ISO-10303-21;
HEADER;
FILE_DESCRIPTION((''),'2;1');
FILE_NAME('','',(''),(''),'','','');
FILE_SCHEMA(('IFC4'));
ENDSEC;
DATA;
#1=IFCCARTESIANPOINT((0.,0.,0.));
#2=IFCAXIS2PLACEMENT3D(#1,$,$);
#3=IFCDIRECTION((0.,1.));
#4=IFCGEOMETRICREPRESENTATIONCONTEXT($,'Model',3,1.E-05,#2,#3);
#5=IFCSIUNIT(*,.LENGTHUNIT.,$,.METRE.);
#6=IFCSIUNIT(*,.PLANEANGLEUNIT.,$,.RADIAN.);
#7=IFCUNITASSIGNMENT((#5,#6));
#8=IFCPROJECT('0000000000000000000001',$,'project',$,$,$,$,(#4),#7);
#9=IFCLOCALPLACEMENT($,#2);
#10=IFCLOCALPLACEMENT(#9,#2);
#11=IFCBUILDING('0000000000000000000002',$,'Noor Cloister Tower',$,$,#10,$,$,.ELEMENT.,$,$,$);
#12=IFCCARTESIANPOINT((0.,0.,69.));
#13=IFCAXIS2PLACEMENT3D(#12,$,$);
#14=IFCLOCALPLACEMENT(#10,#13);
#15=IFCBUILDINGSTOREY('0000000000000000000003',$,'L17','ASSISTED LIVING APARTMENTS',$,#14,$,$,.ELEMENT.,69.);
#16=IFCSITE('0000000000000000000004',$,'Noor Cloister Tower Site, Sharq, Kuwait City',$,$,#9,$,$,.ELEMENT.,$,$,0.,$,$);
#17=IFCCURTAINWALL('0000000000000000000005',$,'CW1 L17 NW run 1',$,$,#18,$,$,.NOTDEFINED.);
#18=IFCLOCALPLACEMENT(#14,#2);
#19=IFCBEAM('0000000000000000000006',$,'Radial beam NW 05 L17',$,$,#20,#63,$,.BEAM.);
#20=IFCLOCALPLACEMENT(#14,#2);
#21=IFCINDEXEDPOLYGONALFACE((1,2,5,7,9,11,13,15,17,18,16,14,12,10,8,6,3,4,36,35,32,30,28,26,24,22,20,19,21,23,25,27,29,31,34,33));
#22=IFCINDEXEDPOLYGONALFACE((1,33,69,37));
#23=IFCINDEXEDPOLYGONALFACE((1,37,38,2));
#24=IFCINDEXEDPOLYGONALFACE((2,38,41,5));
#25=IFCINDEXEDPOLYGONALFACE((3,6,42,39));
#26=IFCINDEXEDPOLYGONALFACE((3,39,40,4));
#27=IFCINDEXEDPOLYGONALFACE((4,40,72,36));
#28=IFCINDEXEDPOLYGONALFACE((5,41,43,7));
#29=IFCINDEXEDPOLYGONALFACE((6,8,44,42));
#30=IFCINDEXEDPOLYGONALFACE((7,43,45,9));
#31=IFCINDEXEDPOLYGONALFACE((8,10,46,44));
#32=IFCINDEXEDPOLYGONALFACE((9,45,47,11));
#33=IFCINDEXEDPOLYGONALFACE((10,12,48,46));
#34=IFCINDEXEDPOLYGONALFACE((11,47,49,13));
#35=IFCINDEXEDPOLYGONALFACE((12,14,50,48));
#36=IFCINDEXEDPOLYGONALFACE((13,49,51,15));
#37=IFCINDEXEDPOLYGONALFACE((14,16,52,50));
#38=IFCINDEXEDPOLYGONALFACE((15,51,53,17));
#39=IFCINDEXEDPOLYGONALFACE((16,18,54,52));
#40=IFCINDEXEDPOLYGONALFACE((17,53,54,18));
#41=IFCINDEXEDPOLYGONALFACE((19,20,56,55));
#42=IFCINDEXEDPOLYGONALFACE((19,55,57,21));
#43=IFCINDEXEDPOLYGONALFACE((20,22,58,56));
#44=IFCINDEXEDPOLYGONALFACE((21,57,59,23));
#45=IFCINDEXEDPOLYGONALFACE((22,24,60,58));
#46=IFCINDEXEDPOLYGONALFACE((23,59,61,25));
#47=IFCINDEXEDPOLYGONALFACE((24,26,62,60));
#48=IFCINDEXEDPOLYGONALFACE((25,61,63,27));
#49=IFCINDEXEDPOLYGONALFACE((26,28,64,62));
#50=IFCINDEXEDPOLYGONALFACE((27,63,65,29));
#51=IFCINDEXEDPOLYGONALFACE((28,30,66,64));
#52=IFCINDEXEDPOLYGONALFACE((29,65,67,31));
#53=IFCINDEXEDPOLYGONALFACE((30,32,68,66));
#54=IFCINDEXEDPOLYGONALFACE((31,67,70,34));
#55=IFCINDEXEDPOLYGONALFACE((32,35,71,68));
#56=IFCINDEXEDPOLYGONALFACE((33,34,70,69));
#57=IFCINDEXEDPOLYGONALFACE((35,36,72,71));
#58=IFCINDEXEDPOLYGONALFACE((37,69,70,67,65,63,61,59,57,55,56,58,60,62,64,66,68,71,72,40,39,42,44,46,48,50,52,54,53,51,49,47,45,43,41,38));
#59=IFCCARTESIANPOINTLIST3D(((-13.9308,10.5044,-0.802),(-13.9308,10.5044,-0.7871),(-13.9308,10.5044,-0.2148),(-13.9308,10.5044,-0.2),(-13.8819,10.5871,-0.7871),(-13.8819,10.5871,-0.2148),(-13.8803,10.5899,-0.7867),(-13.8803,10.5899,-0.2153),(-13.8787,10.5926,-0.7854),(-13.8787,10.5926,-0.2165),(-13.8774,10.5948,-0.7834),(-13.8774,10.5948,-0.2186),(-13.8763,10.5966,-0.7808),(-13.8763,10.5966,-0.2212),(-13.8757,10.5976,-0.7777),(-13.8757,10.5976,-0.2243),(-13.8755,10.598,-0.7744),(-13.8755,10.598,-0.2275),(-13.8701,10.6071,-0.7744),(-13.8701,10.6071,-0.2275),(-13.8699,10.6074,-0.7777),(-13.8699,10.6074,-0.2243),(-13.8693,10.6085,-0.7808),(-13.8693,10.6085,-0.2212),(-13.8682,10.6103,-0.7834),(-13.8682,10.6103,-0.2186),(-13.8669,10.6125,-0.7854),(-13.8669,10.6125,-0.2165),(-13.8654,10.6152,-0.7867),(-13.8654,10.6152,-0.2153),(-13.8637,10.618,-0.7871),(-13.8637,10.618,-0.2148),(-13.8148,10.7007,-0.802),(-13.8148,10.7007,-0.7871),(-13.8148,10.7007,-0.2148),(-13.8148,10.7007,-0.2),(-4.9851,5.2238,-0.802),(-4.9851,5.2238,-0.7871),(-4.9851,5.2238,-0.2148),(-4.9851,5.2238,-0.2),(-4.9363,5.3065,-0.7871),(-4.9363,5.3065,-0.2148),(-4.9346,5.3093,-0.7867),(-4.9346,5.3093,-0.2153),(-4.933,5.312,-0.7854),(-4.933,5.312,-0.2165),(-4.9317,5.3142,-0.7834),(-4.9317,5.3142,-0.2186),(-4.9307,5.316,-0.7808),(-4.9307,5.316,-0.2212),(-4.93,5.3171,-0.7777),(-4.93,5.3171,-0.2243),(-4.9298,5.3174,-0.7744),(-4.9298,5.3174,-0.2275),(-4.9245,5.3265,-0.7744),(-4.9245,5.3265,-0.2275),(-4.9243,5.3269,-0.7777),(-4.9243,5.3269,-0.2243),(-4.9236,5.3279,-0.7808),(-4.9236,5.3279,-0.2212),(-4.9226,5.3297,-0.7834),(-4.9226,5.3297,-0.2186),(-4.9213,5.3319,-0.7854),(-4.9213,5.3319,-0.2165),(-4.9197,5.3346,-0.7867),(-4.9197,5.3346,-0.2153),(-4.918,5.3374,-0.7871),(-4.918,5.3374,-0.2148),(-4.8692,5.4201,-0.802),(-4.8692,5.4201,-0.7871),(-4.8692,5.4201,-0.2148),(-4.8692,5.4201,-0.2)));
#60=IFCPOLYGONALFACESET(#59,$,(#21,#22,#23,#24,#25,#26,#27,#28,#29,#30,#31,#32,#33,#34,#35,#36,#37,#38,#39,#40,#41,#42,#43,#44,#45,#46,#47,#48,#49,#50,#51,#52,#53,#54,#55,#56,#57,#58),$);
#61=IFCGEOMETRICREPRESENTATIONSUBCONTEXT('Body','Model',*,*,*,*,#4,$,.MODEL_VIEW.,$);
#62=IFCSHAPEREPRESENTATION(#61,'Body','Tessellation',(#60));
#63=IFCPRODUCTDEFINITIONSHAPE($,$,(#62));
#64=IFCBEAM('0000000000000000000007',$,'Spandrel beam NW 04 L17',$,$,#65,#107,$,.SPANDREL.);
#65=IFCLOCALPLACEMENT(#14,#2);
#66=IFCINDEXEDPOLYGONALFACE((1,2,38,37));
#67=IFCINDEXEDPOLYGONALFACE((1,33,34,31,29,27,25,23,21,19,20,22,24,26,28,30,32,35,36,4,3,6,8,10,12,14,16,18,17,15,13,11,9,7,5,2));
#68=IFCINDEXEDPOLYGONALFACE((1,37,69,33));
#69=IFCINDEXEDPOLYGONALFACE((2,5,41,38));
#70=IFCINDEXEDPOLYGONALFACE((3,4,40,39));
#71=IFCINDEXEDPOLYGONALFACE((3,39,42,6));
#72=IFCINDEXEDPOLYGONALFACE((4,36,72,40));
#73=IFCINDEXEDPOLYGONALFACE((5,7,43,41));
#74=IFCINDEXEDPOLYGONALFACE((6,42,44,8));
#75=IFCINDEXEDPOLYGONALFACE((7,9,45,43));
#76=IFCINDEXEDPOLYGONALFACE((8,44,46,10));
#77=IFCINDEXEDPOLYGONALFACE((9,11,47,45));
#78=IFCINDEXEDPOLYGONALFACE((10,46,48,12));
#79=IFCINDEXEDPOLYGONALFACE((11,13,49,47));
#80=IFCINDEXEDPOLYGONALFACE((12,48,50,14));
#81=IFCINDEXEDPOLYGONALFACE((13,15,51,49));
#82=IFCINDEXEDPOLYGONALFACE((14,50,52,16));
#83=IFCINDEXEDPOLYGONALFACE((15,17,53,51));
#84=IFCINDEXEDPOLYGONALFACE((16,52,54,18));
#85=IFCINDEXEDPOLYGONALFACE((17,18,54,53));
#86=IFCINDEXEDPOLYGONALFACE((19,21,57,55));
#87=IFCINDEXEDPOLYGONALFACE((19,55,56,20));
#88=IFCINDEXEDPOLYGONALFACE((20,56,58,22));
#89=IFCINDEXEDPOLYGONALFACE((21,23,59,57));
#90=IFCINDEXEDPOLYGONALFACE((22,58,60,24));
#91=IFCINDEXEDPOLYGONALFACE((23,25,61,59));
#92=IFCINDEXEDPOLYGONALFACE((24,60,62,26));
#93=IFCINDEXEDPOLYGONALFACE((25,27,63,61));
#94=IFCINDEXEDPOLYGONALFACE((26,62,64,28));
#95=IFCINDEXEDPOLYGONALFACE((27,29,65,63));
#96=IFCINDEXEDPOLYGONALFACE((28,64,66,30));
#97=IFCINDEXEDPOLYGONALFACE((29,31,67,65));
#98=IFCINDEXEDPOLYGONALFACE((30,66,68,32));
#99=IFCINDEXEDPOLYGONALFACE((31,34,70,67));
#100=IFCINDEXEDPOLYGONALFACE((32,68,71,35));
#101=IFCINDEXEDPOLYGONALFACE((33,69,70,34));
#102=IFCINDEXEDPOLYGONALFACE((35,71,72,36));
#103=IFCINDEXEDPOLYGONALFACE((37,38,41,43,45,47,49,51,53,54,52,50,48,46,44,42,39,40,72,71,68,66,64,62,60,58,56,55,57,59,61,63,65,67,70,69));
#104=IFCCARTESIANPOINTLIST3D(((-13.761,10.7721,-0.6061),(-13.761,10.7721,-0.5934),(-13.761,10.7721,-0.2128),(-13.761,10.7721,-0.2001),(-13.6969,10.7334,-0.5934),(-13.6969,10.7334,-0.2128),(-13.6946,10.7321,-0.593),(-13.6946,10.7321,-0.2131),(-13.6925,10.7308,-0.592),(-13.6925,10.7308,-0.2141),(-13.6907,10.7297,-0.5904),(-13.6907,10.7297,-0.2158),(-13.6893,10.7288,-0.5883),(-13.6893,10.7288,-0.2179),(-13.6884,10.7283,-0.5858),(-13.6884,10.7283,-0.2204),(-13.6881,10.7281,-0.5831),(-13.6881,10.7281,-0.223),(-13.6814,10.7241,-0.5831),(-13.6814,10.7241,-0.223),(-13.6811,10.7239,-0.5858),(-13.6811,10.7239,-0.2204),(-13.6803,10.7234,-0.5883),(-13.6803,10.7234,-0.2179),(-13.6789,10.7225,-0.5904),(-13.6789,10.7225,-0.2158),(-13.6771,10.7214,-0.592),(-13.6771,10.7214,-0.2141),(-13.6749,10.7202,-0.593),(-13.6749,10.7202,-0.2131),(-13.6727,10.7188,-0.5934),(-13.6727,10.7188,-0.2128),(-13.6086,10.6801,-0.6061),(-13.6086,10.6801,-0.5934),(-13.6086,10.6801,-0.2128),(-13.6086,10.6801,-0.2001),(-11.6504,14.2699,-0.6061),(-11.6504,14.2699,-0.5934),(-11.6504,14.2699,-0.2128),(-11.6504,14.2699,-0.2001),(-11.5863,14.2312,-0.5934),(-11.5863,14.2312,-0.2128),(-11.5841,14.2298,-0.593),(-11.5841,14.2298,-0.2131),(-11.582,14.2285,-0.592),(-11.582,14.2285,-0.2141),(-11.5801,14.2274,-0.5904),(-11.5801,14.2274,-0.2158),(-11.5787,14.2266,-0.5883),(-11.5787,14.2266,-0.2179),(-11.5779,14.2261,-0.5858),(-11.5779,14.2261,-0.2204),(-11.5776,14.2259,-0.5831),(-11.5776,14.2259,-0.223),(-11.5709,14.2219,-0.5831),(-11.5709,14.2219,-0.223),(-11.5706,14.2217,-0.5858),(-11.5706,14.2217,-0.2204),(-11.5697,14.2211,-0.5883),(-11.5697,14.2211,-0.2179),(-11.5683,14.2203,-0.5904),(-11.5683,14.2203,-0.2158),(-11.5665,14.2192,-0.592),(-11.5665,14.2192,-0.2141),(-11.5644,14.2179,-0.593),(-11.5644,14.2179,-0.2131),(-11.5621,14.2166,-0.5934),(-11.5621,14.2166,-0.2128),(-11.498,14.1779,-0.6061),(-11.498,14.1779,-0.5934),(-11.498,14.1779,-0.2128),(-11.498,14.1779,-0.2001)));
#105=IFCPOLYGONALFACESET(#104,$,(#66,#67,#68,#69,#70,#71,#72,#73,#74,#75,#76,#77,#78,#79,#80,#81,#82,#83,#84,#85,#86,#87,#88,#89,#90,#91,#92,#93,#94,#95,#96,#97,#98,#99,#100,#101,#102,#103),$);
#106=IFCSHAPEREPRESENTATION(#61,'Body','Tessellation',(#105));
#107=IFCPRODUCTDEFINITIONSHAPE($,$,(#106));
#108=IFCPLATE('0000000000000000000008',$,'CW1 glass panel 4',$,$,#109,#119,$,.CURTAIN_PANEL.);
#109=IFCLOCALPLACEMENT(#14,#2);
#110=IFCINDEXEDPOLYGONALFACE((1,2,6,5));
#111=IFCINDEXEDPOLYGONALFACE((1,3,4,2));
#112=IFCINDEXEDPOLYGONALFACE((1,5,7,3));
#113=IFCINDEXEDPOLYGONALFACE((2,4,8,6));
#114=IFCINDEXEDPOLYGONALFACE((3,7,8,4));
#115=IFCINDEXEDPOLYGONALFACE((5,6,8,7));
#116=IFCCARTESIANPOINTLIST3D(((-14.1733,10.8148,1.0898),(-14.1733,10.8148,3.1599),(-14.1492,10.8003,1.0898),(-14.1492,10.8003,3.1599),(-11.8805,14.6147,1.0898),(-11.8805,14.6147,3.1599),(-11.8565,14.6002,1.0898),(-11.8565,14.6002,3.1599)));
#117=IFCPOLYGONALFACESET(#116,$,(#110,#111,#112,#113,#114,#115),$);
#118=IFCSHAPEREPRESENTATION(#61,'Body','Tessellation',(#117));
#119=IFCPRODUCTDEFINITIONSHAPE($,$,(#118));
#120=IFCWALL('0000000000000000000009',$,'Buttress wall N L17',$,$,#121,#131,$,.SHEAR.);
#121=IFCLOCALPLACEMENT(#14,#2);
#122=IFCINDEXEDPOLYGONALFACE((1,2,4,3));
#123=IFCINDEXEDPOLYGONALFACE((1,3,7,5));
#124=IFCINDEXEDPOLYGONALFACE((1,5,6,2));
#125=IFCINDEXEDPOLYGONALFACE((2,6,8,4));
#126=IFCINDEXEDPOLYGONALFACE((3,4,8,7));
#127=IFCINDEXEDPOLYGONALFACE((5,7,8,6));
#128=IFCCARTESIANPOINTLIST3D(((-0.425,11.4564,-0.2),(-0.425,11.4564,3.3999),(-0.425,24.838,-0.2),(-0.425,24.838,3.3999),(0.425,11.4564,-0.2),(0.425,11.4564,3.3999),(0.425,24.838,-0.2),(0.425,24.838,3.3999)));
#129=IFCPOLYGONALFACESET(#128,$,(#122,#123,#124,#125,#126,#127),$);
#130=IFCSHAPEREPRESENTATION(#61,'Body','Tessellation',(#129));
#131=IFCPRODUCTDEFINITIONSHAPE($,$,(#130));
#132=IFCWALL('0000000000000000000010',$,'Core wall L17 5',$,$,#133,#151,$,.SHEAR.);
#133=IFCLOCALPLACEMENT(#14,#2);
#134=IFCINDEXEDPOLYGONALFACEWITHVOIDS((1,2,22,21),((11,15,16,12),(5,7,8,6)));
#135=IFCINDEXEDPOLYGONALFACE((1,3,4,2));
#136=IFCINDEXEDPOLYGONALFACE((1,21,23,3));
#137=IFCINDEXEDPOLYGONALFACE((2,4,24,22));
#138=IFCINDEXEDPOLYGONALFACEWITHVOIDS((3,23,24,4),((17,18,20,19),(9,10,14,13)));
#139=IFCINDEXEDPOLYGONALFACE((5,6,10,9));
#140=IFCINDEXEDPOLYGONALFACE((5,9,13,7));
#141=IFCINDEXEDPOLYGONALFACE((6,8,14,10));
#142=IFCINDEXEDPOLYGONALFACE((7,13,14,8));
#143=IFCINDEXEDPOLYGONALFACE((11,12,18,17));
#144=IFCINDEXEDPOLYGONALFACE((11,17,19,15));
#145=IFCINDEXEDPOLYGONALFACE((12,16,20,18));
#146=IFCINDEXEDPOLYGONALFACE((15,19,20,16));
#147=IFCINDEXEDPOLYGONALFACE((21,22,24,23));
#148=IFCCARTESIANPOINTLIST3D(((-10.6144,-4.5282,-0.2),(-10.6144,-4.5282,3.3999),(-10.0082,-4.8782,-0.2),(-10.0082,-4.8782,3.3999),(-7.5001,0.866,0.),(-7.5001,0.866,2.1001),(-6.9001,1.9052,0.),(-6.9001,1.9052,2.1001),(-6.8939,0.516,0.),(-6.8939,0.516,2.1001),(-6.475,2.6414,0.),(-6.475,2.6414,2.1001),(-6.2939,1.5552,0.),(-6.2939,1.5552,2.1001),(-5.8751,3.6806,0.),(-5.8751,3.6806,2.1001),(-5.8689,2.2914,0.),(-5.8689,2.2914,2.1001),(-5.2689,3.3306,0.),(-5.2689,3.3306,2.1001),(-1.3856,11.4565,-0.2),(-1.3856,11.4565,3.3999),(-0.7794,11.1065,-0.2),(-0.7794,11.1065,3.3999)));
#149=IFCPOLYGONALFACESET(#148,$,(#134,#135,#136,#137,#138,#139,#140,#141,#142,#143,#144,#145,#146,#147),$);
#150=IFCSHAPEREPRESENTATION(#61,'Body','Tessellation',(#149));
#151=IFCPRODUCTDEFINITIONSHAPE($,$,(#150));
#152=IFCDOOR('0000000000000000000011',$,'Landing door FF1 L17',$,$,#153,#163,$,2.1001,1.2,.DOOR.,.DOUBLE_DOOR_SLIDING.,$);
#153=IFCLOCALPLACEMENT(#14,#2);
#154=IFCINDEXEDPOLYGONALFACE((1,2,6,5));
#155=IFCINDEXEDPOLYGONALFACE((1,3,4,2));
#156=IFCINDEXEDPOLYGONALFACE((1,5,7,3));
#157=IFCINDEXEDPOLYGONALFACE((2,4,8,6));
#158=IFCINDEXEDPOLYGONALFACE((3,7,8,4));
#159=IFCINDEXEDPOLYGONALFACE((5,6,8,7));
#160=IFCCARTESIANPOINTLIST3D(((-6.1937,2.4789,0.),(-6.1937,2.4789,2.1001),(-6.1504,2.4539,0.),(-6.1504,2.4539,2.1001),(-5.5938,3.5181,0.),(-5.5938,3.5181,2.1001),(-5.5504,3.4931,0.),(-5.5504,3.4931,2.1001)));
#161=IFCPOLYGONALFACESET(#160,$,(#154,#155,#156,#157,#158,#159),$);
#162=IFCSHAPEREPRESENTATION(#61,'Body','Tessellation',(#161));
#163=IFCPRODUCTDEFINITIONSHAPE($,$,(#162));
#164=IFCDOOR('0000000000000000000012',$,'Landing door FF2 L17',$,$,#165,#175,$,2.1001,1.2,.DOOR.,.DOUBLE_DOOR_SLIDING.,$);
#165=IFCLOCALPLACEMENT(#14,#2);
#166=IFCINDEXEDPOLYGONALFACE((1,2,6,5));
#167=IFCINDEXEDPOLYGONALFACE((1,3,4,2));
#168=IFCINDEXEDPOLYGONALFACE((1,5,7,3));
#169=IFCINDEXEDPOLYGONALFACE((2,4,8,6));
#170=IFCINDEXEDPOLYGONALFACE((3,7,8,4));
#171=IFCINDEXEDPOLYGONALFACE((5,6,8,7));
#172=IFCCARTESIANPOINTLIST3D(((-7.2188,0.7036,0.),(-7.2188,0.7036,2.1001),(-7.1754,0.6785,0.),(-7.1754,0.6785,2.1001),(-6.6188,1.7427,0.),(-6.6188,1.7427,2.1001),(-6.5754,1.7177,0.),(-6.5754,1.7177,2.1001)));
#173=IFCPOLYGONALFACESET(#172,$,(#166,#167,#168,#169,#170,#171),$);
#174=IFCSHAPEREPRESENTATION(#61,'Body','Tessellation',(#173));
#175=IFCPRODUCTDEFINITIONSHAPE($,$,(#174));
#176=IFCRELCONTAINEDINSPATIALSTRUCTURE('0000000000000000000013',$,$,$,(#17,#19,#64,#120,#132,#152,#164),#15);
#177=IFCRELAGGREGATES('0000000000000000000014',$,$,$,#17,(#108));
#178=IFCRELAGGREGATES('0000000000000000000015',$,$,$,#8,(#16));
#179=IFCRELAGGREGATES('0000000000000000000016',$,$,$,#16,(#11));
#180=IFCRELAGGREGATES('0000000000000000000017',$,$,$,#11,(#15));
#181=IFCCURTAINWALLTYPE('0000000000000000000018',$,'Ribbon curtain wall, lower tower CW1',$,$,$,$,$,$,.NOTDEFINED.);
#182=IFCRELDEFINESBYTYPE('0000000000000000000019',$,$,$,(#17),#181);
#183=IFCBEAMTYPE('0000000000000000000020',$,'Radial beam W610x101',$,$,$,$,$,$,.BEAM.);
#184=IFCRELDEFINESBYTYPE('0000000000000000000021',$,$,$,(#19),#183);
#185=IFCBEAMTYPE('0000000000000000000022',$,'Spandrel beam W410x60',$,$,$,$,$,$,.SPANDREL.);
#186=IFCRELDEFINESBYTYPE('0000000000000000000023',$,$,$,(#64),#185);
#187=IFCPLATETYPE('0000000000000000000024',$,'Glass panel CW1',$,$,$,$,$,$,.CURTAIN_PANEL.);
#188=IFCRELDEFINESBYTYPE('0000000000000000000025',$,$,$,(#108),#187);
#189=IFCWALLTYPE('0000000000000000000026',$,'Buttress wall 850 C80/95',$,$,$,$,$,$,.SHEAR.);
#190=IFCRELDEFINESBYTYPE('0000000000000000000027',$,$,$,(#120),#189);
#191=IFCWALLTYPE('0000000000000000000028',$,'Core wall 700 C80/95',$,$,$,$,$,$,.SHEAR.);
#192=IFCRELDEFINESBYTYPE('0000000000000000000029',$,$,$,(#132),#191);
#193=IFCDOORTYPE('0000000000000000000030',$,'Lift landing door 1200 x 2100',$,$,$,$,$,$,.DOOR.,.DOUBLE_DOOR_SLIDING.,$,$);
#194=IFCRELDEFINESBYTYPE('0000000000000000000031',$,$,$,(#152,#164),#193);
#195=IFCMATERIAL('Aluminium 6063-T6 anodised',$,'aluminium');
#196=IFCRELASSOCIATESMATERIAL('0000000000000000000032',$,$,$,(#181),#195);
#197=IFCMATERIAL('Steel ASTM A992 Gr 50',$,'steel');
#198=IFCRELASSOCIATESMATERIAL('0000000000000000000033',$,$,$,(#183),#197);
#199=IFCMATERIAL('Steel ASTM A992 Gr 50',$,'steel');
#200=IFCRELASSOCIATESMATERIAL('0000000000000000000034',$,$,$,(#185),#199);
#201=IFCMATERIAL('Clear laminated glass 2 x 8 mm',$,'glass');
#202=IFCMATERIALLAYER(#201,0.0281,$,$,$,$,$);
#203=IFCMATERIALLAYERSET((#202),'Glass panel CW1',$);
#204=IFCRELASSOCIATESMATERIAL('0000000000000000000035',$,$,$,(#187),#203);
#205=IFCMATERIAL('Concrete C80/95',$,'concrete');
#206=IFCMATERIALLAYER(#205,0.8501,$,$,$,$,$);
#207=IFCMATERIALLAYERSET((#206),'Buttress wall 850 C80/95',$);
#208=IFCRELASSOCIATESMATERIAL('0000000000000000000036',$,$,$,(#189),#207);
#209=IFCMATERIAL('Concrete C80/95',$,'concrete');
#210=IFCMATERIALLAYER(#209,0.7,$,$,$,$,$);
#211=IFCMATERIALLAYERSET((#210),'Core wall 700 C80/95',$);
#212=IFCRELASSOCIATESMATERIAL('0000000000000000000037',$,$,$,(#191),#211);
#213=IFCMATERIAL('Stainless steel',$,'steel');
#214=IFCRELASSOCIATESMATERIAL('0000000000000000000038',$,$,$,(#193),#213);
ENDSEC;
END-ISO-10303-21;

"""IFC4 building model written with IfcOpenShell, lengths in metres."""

from ifc_helpers import new_model, si_unit, direction, frame, frame_2d, origin, origin_2d, place, context, subcontext, project, spatial, rectangle, i_section, extrude, material, layer, layer_set, material_profile, profile_set, type_object, element, fill, aggregate, save


model = new_model("IFC4")

# Units and contexts
model_context = context("Model", 3, precision=1e-05, world=origin(), true_north=direction((0.0, 1.0)))
body_context = subcontext(model_context, "Body", "Model", "MODEL_VIEW")
ifc_project = project(units=[si_unit("LENGTHUNIT", "METRE"), si_unit("PLANEANGLEUNIT", "RADIAN")], contexts=[model_context])

# Site, building, storey
site_placement = place(None, origin())
site = spatial("IfcSite", under=ifc_project, at=site_placement, Name="Noor Cloister Tower Site, Sharq, Kuwait City", CompositionType="ELEMENT", RefElevation=0.0)
building_placement = place(site_placement, origin())
building = spatial("IfcBuilding", under=site, at=building_placement, Name="Noor Cloister Tower", CompositionType="ELEMENT")
storey_placement = place(building_placement, frame((0.0, 0.0, 69.0)))
storey = spatial("IfcBuildingStorey", under=building, at=storey_placement, Name="L17", Description="ASSISTED LIVING APARTMENTS", CompositionType="ELEMENT", Elevation=69.0)

# Curtain wall
ifc_material_1 = material(Name="Aluminium 6063-T6 anodised", Category="aluminium")
curtain_wall_type = type_object("IfcCurtainWallType", Name="Ribbon curtain wall, lower tower CW1", PredefinedType="NOTDEFINED", material=ifc_material_1)
curtain_wall_placement = place(storey_placement, origin())
curtain_wall = element("IfcCurtainWall", 1, at=curtain_wall_placement, inside=storey, type_object=curtain_wall_type, Name="CW1 L17 NW run 1", PredefinedType="NOTDEFINED")

# Beams
ifc_material_2 = material(Name="Steel ASTM A992 Gr 50", Category="steel")
ifc_material_profile_1 = material_profile(ifc_material_2, i_section(OverallWidth=0.228, OverallDepth=0.6021, WebThickness=0.0105, FlangeThickness=0.0149, FilletRadius=0.0127, at=origin_2d()), Name="W610x101")
ifc_profile_set_1 = profile_set([ifc_material_profile_1], Name="Steel ASTM A992 Gr 50")
beam_type_1 = type_object("IfcBeamType", Name="Radial beam W610x101", PredefinedType="BEAM", material=ifc_profile_set_1)
beam_1_placement = place(storey_placement, frame((-13.8728, 10.6025, -0.501), z_axis=(0.861158, -0.508337, 0.0), x_axis=(0.508337, 0.861158, 0.0)))
element("IfcBeam", 2, at=beam_1_placement, inside=storey, type_object=beam_type_1, Name="Radial beam NW 05 L17", PredefinedType="BEAM", context=body_context, shape_type="SweptSolid", body=[
    extrude(i_section(OverallWidth=0.228, OverallDepth=0.6021, WebThickness=0.0105, FlangeThickness=0.0149, FilletRadius=0.0127, at=origin_2d()), origin(), (0.0, 0.0, 1.0), 10.3879),
])
ifc_material_3 = material(Name="Steel ASTM A992 Gr 50", Category="steel")
ifc_material_profile_2 = material_profile(ifc_material_3, i_section(OverallWidth=0.178, OverallDepth=0.406, WebThickness=0.0078, FlangeThickness=0.0127, FilletRadius=0.0103, at=origin_2d()), Name="W410x60")
ifc_profile_set_2 = profile_set([ifc_material_profile_2], Name="Steel ASTM A992 Gr 50")
beam_type_2 = type_object("IfcBeamType", Name="Spandrel beam W410x60", PredefinedType="SPANDREL", material=ifc_profile_set_2)
beam_2_placement = place(storey_placement, frame((-11.5742, 14.2239, -0.4031), z_axis=(-0.516639, -0.856204, 0.0), x_axis=(0.856204, -0.516639, 0.0)))
element("IfcBeam", 3, at=beam_2_placement, inside=storey, type_object=beam_type_2, Name="Spandrel beam NW 04 L17", PredefinedType="SPANDREL", context=body_context, shape_type="SweptSolid", body=[
    extrude(i_section(OverallWidth=0.178, OverallDepth=0.406, WebThickness=0.0078, FlangeThickness=0.0127, FilletRadius=0.0103, at=origin_2d()), origin(), (0.0, 0.0, 1.0), 4.0852),
])

# Plate
ifc_material_4 = material(Name="Clear laminated glass 2 x 8 mm", Category="glass")
ifc_layer_1 = layer(ifc_material_4, 0.0281)
ifc_layer_set_1 = layer_set([ifc_layer_1], Name="Glass panel CW1")
plate_type = type_object("IfcPlateType", Name="Glass panel CW1", PredefinedType="CURTAIN_PANEL", material=ifc_layer_set_1)
plate_placement = place(storey_placement, frame((-13.0149, 12.7075, 1.0898), z_axis=(0.0, 0.0, 1.0), x_axis=(-0.516614, -0.856219, 0.0)))
plate = element("IfcPlate", 4, at=plate_placement, type_object=plate_type, Name="CW1 glass panel 4", PredefinedType="CURTAIN_PANEL", context=body_context, shape_type="SweptSolid", body=[
    extrude(rectangle(XDim=4.438, YDim=0.0281, at=origin_2d()), origin(), (0.0, 0.0, 1.0), 2.0701),
])
aggregate(curtain_wall, [plate])

# Wall
ifc_material_5 = material(Name="Concrete C80/95", Category="concrete")
ifc_layer_2 = layer(ifc_material_5, 0.8501)
ifc_layer_set_2 = layer_set([ifc_layer_2], Name="Buttress wall 850 C80/95")
wall_type_1 = type_object("IfcWallType", Name="Buttress wall 850 C80/95", PredefinedType="SHEAR", material=ifc_layer_set_2)
wall_1_placement = place(storey_placement, frame((0.0, 11.4563, -0.2), z_axis=(0.0, 0.0, 1.0), x_axis=(0.0, 1.0, 0.0)))
element("IfcWall", 5, at=wall_1_placement, inside=storey, type_object=wall_type_1, Name="Buttress wall N L17", PredefinedType="SHEAR", context=body_context, shape_type="SweptSolid", body=[
    extrude(rectangle(XDim=13.3816, YDim=0.8501, at=frame_2d((6.6909, 0.0))), origin(), (0.0, 0.0, 1.0), 3.5999),
])

# Wall, openings, doors
ifc_material_6 = material(Name="Concrete C80/95", Category="concrete")
ifc_layer_3 = layer(ifc_material_6, 0.7)
ifc_layer_set_3 = layer_set([ifc_layer_3], Name="Core wall 700 C80/95")
wall_type_2 = type_object("IfcWallType", Name="Core wall 700 C80/95", PredefinedType="SHEAR", material=ifc_layer_set_3)
wall_2_placement = place(storey_placement, frame((-1.0825, 11.2815, -0.2), z_axis=(0.0, 0.0, 1.0), x_axis=(-0.500001, -0.866025, 0.0)))
wall_2 = element("IfcWall", 6, at=wall_2_placement, inside=storey, type_object=wall_type_2, Name="Core wall L17 5", PredefinedType="SHEAR", context=body_context, shape_type="SweptSolid", body=[
    extrude(rectangle(XDim=18.4575, YDim=0.7, at=frame_2d((9.2288, 0.0))), origin(), (0.0, 0.0, 1.0), 3.5999),
])
opening_1_placement = place(wall_2_placement, frame((8.9788, 0.0, 0.2)))
opening_1 = element("IfcOpeningElement", 7, at=opening_1_placement, cuts=wall_2, PredefinedType="OPENING", context=body_context, shape_type="SweptSolid", body=[
    extrude(rectangle(XDim=1.2, YDim=2.1001, at=frame_2d((0.6001, 1.05))), frame((0.0, 0.3599, 0.0), z_axis=(0.0, -1.0, 0.0), x_axis=(1.0, 0.0, 0.0)), (0.0, 0.0, 1.0), 0.72),
])
opening_2_placement = place(wall_2_placement, frame((11.0288, 0.0, 0.2)))
opening_2 = element("IfcOpeningElement", 8, at=opening_2_placement, cuts=wall_2, PredefinedType="OPENING", context=body_context, shape_type="SweptSolid", body=[
    extrude(rectangle(XDim=1.2, YDim=2.1001, at=frame_2d((0.6001, 1.05))), frame((0.0, 0.3599, 0.0), z_axis=(0.0, -1.0, 0.0), x_axis=(1.0, 0.0, 0.0)), (0.0, 0.0, 1.0), 0.72),
])
ifc_material_7 = material(Name="Stainless steel", Category="steel")
door_type_1 = type_object("IfcDoorType", Name="Lift landing door 1200 x 2100", OperationType="DOUBLE_DOOR_SLIDING", PredefinedType="DOOR", material=ifc_material_7)
door_1_placement = place(opening_1_placement, origin())
door_1 = element("IfcDoor", 9, at=door_1_placement, inside=storey, type_object=door_type_1, Name="Landing door FF1 L17", OperationType="DOUBLE_DOOR_SLIDING", OverallHeight=2.1001, OverallWidth=1.2, PredefinedType="DOOR", context=body_context, shape_type="SweptSolid", body=[
    extrude(rectangle(XDim=1.2, YDim=2.1001, at=frame_2d((0.6001, 1.05))), frame((0.0, 0.0249, 0.0), z_axis=(0.0, -1.0, 0.0), x_axis=(1.0, 0.0, 0.0)), (0.0, 0.0, 1.0), 0.05),
])
fill(opening_1, door_1)
door_2_placement = place(opening_2_placement, origin())
door_2 = element("IfcDoor", 10, at=door_2_placement, inside=storey, type_object=door_type_1, Name="Landing door FF2 L17", OperationType="DOUBLE_DOOR_SLIDING", OverallHeight=2.1001, OverallWidth=1.2, PredefinedType="DOOR", context=body_context, shape_type="SweptSolid", body=[
    extrude(rectangle(XDim=1.2, YDim=2.1001, at=frame_2d((0.6001, 1.05))), frame((0.0, 0.0249, 0.0), z_axis=(0.0, -1.0, 0.0), x_axis=(1.0, 0.0, 0.0)), (0.0, 0.0, 1.0), 0.05),
])
fill(opening_2, door_2)

save(model, "model.ifc")
